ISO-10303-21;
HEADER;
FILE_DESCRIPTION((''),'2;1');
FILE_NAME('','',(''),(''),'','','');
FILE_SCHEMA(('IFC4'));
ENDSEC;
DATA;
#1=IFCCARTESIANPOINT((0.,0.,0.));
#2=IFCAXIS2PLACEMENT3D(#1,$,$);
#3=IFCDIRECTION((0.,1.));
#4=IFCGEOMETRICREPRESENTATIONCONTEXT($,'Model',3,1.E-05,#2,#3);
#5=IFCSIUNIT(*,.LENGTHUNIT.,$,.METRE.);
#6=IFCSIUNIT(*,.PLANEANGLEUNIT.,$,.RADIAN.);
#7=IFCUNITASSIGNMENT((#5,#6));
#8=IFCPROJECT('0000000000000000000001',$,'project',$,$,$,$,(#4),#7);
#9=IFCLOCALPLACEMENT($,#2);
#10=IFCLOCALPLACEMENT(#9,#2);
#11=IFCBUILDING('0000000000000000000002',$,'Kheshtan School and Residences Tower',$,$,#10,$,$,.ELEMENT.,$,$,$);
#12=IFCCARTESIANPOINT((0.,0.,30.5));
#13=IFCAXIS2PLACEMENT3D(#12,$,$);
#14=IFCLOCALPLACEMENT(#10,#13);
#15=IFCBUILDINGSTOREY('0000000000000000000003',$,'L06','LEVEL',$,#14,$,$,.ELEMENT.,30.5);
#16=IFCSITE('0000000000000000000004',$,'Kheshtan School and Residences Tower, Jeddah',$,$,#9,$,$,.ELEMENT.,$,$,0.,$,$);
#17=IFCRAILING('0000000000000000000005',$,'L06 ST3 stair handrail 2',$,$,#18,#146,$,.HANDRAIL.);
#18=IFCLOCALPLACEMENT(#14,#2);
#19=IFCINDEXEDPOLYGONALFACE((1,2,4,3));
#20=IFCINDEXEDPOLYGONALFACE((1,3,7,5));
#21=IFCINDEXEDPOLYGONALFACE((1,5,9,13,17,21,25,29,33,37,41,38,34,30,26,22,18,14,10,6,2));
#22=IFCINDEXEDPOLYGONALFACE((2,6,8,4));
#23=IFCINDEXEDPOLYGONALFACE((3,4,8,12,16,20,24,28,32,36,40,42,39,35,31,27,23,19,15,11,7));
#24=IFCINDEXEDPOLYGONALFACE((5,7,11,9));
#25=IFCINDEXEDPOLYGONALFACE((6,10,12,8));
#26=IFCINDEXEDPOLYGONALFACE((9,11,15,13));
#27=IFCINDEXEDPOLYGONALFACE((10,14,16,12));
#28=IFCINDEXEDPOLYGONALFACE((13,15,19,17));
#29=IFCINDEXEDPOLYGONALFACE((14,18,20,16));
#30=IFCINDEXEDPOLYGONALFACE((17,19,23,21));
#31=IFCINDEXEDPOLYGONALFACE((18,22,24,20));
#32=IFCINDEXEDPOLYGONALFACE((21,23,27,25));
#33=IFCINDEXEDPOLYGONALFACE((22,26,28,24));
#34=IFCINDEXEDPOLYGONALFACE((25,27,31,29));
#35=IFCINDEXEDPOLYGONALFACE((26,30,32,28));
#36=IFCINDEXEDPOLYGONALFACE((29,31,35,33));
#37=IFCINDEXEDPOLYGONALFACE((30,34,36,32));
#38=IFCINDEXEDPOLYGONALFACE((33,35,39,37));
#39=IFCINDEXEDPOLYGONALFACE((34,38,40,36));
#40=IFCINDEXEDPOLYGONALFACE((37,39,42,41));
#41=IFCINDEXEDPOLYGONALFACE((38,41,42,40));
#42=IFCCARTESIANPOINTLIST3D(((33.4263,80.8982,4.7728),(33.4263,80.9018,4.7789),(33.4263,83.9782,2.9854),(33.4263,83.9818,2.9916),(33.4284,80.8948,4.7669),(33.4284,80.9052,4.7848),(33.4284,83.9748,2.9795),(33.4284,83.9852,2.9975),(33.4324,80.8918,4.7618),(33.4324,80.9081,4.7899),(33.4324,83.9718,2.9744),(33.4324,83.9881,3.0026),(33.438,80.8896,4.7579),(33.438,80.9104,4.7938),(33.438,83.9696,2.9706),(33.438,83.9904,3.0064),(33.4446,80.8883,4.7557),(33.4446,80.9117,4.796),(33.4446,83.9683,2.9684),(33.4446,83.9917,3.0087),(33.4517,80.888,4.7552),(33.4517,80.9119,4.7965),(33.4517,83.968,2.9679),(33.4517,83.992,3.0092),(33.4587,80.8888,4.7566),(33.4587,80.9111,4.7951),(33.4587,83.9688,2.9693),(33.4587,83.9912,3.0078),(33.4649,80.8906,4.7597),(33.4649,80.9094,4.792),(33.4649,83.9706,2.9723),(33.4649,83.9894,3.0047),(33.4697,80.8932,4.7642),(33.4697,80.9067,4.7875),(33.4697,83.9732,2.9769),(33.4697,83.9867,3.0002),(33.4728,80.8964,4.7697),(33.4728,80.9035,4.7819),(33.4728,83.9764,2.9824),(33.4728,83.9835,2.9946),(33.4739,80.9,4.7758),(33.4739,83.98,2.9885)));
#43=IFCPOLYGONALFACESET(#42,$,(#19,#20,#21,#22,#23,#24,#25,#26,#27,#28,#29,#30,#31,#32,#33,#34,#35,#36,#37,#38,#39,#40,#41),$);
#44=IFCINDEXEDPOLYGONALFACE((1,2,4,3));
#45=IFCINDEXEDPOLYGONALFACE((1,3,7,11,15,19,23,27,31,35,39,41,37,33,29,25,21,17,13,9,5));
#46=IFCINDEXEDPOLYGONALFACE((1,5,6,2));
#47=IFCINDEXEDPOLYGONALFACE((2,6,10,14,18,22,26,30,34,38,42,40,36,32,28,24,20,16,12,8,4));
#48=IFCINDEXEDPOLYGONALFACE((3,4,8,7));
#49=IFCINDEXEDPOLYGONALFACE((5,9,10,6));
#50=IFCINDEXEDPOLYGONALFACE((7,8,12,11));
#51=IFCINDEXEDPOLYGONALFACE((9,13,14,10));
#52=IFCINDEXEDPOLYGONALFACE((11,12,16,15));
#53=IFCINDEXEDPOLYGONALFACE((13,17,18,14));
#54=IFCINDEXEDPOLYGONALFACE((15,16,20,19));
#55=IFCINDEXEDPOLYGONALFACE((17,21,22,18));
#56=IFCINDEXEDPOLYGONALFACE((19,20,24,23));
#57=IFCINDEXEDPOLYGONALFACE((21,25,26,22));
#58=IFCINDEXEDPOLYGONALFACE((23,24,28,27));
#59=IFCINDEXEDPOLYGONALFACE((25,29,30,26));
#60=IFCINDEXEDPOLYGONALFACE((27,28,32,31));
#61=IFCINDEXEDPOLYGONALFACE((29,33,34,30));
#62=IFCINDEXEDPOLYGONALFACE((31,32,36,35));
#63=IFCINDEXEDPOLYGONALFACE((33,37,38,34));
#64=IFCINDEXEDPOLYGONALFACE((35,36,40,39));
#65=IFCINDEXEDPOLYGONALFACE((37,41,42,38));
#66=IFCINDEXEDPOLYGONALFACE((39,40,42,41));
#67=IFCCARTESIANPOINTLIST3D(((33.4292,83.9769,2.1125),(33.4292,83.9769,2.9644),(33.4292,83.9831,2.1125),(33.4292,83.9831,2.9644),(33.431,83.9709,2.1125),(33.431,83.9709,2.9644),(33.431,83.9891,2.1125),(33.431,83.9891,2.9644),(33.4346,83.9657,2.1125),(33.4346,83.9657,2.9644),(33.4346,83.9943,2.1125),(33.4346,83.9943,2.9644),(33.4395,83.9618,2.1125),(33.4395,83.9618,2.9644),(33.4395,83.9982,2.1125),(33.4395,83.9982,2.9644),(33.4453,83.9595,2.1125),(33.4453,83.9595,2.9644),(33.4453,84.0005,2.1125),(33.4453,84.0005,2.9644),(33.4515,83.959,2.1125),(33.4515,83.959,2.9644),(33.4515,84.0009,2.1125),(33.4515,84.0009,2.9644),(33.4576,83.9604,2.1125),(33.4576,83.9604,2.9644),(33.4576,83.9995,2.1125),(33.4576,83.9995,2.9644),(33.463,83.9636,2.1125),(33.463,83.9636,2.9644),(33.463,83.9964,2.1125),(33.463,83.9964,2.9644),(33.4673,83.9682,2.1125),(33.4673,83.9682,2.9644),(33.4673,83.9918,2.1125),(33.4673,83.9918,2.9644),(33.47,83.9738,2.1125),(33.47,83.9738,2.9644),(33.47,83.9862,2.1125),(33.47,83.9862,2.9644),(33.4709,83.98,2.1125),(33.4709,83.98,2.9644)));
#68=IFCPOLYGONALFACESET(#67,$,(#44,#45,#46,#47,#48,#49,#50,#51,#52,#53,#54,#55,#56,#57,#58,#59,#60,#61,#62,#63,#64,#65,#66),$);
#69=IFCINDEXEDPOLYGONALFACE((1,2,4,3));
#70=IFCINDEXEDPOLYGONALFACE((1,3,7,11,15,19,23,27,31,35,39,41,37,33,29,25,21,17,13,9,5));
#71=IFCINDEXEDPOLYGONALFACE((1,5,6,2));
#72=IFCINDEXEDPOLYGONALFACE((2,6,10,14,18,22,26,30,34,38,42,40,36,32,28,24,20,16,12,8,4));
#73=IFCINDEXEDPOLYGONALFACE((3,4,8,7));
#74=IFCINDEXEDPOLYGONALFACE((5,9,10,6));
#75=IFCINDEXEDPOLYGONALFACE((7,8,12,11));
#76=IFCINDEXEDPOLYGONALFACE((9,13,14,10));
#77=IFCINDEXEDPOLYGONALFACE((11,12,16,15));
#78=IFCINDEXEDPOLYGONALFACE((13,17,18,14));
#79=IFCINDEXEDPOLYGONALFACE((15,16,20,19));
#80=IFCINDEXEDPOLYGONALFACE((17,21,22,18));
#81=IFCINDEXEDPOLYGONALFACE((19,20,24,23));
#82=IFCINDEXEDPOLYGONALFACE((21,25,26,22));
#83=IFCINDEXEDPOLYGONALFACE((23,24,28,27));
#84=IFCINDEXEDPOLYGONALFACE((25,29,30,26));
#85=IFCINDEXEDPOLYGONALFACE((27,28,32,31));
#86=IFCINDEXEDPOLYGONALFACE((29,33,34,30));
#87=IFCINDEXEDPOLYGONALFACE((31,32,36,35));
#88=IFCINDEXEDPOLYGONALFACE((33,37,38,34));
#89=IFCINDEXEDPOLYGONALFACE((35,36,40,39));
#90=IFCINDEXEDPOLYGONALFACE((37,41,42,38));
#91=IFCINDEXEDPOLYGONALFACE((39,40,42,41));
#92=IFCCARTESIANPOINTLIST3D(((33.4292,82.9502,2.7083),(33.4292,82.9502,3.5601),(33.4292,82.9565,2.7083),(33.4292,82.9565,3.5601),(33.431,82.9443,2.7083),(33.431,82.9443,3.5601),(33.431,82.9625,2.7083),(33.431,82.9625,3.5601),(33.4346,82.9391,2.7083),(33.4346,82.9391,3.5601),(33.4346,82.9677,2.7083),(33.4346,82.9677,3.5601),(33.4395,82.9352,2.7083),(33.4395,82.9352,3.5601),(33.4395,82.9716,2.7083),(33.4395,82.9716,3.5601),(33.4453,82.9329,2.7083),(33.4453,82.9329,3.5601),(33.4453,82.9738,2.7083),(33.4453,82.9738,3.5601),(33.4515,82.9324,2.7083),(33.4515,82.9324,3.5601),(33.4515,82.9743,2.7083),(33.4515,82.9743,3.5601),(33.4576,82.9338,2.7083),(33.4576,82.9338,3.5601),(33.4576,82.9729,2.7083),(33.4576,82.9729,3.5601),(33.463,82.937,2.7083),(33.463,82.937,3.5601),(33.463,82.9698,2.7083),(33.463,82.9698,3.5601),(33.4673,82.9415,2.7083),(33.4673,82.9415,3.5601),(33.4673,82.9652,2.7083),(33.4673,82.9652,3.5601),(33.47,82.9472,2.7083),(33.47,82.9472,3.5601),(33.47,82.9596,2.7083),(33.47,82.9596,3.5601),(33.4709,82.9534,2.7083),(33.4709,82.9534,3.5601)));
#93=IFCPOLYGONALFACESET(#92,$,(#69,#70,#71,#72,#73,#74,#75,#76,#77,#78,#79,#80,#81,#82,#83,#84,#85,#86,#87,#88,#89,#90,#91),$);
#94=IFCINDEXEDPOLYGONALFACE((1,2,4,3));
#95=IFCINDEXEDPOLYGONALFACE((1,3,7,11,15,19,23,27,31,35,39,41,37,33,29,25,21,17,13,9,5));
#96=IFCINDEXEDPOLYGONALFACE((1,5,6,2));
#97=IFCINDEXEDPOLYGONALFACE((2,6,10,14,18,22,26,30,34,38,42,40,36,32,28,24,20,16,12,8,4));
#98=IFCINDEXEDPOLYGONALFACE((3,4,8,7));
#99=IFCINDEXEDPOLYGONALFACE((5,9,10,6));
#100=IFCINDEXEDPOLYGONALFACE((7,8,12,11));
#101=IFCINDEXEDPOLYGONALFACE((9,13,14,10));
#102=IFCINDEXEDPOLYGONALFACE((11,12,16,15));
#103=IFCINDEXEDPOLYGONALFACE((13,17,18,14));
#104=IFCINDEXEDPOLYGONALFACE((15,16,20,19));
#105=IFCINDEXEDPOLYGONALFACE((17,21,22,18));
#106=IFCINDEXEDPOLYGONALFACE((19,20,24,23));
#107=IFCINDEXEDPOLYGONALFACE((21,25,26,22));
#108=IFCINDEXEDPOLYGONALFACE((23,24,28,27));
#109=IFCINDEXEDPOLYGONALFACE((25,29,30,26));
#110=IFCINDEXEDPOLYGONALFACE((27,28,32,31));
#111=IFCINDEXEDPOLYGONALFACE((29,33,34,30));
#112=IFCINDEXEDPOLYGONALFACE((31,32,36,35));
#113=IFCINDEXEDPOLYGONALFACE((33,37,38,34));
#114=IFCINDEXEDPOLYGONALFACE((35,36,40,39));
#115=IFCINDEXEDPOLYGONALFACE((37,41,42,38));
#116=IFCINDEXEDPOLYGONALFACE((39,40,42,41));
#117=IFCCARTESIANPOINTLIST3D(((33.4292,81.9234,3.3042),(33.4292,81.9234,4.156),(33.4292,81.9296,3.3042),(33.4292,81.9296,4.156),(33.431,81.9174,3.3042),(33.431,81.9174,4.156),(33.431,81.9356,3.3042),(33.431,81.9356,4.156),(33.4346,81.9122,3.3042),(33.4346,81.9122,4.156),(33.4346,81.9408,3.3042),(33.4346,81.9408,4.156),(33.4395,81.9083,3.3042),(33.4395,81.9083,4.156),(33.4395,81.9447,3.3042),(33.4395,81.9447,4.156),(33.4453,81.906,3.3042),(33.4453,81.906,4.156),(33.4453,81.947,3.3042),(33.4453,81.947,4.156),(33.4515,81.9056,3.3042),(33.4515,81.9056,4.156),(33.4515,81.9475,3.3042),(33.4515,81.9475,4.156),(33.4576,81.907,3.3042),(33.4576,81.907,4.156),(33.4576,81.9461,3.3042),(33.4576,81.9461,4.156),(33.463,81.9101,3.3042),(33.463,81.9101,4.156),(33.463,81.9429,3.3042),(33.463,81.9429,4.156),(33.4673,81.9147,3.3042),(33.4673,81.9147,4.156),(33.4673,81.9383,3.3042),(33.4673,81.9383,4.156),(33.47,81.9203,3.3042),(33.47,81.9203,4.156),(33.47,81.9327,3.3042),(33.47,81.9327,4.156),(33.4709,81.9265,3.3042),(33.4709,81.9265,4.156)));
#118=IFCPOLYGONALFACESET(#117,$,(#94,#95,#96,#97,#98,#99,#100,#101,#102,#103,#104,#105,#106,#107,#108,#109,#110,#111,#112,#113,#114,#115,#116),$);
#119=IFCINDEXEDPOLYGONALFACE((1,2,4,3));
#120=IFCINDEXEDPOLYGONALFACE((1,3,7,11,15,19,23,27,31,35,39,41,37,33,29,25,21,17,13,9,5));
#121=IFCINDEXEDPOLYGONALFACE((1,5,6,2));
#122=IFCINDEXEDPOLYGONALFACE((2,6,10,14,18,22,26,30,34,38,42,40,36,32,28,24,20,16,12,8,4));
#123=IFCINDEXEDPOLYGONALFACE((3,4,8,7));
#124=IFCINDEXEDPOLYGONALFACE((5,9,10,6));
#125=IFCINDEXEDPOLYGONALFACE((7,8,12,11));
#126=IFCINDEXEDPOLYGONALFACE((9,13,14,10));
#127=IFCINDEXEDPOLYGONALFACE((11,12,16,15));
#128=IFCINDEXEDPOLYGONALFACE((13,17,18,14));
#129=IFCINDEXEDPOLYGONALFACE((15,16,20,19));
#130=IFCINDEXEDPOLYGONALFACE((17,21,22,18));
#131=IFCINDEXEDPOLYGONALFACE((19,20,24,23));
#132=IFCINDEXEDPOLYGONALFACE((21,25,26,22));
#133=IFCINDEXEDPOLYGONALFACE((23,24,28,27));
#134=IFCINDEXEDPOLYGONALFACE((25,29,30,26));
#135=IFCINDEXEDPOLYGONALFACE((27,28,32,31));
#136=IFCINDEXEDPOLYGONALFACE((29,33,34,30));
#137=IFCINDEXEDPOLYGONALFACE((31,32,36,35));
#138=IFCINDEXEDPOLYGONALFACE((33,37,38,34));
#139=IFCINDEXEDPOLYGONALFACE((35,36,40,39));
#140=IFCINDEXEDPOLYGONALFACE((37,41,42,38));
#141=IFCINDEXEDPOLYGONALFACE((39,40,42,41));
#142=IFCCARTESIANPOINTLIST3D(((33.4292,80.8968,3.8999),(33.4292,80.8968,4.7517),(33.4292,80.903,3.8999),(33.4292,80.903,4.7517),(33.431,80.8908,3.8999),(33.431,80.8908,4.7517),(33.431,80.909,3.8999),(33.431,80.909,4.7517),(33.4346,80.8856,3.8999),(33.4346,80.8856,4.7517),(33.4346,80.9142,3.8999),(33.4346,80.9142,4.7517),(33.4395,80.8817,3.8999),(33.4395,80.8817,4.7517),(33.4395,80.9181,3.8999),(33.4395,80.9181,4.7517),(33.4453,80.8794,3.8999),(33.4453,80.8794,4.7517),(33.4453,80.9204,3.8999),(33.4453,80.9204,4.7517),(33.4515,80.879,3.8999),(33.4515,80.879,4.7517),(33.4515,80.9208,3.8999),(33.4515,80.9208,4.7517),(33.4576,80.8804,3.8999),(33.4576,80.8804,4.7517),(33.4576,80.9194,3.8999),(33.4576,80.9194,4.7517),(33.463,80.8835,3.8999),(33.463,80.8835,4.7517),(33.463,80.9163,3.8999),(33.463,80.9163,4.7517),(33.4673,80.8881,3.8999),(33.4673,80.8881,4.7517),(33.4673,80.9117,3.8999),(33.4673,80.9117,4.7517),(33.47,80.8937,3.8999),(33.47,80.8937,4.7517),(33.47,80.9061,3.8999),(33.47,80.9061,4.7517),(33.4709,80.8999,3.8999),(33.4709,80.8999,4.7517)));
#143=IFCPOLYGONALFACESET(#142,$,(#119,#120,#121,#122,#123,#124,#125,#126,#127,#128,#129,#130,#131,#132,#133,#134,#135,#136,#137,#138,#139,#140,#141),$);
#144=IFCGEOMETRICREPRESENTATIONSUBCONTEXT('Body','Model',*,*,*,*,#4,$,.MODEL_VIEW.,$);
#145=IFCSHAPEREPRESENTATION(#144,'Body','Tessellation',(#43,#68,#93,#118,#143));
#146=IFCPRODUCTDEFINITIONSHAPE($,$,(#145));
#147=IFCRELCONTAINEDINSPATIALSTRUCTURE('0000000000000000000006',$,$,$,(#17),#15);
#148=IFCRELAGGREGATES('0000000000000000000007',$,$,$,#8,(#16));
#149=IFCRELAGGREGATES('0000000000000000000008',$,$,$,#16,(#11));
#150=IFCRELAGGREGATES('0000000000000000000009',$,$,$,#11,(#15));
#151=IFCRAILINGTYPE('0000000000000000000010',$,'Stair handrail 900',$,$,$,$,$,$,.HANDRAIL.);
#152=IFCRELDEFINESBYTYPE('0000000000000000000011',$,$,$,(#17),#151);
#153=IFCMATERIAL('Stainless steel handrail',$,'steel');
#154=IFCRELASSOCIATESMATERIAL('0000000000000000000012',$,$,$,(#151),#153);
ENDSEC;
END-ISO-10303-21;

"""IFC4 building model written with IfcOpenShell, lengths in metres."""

from ifc_helpers import new_model, si_unit, direction, frame, origin, origin_2d, place, context, subcontext, project, spatial, circle, extrude, material, type_object, element, save


model = new_model("IFC4")

# Units and contexts
model_context = context("Model", 3, precision=1e-05, world=origin(), true_north=direction((0.0, 1.0)))
body_context = subcontext(model_context, "Body", "Model", "MODEL_VIEW")
ifc_project = project(units=[si_unit("LENGTHUNIT", "METRE"), si_unit("PLANEANGLEUNIT", "RADIAN")], contexts=[model_context])

# Site, building, storey
site_placement = place(None, origin())
site = spatial("IfcSite", under=ifc_project, at=site_placement, Name="Kheshtan School and Residences Tower, Jeddah", CompositionType="ELEMENT", RefElevation=0.0)
building_placement = place(site_placement, origin())
building = spatial("IfcBuilding", under=site, at=building_placement, Name="Kheshtan School and Residences Tower", CompositionType="ELEMENT")
storey_placement = place(building_placement, frame((0.0, 0.0, 30.5)))
storey = spatial("IfcBuildingStorey", under=building, at=storey_placement, Name="L06", Description="LEVEL", CompositionType="ELEMENT", Elevation=30.5)

# Railing
ifc_material_1 = material(Name="Stainless steel handrail", Category="steel")
railing_type_1 = type_object("IfcRailingType", Name="Stair handrail 900", PredefinedType="HANDRAIL", material=ifc_material_1)
railing_1_placement = place(storey_placement, frame((33.45, 83.98, 2.1125)))
element("IfcRailing", 1, at=railing_1_placement, inside=storey, type_object=railing_type_1, Name="L06 ST3 stair handrail 2", PredefinedType="HANDRAIL", context=body_context, shape_type="SweptSolid", body=[
    extrude(circle(Radius=0.0239, at=origin_2d()), frame((0.0, 0.0, 0.876), z_axis=(0.0, -0.86492, 0.501909), x_axis=(1.0, 0.0, 0.0)), (0.0, 0.0, 1.0), 3.561),
    extrude(circle(Radius=0.021, at=origin_2d()), origin(), (0.0, 0.0, 1.0), 0.8518),
    extrude(circle(Radius=0.021, at=origin_2d()), frame((0.0, -1.0266, 0.5957)), (0.0, 0.0, 1.0), 0.8518),
    extrude(circle(Radius=0.021, at=origin_2d()), frame((0.0, -2.0535, 1.1917)), (0.0, 0.0, 1.0), 0.8518),
    extrude(circle(Radius=0.021, at=origin_2d()), frame((0.0, -3.0801, 1.7874)), (0.0, 0.0, 1.0), 0.8518),
])

save(model, "model.ifc")
